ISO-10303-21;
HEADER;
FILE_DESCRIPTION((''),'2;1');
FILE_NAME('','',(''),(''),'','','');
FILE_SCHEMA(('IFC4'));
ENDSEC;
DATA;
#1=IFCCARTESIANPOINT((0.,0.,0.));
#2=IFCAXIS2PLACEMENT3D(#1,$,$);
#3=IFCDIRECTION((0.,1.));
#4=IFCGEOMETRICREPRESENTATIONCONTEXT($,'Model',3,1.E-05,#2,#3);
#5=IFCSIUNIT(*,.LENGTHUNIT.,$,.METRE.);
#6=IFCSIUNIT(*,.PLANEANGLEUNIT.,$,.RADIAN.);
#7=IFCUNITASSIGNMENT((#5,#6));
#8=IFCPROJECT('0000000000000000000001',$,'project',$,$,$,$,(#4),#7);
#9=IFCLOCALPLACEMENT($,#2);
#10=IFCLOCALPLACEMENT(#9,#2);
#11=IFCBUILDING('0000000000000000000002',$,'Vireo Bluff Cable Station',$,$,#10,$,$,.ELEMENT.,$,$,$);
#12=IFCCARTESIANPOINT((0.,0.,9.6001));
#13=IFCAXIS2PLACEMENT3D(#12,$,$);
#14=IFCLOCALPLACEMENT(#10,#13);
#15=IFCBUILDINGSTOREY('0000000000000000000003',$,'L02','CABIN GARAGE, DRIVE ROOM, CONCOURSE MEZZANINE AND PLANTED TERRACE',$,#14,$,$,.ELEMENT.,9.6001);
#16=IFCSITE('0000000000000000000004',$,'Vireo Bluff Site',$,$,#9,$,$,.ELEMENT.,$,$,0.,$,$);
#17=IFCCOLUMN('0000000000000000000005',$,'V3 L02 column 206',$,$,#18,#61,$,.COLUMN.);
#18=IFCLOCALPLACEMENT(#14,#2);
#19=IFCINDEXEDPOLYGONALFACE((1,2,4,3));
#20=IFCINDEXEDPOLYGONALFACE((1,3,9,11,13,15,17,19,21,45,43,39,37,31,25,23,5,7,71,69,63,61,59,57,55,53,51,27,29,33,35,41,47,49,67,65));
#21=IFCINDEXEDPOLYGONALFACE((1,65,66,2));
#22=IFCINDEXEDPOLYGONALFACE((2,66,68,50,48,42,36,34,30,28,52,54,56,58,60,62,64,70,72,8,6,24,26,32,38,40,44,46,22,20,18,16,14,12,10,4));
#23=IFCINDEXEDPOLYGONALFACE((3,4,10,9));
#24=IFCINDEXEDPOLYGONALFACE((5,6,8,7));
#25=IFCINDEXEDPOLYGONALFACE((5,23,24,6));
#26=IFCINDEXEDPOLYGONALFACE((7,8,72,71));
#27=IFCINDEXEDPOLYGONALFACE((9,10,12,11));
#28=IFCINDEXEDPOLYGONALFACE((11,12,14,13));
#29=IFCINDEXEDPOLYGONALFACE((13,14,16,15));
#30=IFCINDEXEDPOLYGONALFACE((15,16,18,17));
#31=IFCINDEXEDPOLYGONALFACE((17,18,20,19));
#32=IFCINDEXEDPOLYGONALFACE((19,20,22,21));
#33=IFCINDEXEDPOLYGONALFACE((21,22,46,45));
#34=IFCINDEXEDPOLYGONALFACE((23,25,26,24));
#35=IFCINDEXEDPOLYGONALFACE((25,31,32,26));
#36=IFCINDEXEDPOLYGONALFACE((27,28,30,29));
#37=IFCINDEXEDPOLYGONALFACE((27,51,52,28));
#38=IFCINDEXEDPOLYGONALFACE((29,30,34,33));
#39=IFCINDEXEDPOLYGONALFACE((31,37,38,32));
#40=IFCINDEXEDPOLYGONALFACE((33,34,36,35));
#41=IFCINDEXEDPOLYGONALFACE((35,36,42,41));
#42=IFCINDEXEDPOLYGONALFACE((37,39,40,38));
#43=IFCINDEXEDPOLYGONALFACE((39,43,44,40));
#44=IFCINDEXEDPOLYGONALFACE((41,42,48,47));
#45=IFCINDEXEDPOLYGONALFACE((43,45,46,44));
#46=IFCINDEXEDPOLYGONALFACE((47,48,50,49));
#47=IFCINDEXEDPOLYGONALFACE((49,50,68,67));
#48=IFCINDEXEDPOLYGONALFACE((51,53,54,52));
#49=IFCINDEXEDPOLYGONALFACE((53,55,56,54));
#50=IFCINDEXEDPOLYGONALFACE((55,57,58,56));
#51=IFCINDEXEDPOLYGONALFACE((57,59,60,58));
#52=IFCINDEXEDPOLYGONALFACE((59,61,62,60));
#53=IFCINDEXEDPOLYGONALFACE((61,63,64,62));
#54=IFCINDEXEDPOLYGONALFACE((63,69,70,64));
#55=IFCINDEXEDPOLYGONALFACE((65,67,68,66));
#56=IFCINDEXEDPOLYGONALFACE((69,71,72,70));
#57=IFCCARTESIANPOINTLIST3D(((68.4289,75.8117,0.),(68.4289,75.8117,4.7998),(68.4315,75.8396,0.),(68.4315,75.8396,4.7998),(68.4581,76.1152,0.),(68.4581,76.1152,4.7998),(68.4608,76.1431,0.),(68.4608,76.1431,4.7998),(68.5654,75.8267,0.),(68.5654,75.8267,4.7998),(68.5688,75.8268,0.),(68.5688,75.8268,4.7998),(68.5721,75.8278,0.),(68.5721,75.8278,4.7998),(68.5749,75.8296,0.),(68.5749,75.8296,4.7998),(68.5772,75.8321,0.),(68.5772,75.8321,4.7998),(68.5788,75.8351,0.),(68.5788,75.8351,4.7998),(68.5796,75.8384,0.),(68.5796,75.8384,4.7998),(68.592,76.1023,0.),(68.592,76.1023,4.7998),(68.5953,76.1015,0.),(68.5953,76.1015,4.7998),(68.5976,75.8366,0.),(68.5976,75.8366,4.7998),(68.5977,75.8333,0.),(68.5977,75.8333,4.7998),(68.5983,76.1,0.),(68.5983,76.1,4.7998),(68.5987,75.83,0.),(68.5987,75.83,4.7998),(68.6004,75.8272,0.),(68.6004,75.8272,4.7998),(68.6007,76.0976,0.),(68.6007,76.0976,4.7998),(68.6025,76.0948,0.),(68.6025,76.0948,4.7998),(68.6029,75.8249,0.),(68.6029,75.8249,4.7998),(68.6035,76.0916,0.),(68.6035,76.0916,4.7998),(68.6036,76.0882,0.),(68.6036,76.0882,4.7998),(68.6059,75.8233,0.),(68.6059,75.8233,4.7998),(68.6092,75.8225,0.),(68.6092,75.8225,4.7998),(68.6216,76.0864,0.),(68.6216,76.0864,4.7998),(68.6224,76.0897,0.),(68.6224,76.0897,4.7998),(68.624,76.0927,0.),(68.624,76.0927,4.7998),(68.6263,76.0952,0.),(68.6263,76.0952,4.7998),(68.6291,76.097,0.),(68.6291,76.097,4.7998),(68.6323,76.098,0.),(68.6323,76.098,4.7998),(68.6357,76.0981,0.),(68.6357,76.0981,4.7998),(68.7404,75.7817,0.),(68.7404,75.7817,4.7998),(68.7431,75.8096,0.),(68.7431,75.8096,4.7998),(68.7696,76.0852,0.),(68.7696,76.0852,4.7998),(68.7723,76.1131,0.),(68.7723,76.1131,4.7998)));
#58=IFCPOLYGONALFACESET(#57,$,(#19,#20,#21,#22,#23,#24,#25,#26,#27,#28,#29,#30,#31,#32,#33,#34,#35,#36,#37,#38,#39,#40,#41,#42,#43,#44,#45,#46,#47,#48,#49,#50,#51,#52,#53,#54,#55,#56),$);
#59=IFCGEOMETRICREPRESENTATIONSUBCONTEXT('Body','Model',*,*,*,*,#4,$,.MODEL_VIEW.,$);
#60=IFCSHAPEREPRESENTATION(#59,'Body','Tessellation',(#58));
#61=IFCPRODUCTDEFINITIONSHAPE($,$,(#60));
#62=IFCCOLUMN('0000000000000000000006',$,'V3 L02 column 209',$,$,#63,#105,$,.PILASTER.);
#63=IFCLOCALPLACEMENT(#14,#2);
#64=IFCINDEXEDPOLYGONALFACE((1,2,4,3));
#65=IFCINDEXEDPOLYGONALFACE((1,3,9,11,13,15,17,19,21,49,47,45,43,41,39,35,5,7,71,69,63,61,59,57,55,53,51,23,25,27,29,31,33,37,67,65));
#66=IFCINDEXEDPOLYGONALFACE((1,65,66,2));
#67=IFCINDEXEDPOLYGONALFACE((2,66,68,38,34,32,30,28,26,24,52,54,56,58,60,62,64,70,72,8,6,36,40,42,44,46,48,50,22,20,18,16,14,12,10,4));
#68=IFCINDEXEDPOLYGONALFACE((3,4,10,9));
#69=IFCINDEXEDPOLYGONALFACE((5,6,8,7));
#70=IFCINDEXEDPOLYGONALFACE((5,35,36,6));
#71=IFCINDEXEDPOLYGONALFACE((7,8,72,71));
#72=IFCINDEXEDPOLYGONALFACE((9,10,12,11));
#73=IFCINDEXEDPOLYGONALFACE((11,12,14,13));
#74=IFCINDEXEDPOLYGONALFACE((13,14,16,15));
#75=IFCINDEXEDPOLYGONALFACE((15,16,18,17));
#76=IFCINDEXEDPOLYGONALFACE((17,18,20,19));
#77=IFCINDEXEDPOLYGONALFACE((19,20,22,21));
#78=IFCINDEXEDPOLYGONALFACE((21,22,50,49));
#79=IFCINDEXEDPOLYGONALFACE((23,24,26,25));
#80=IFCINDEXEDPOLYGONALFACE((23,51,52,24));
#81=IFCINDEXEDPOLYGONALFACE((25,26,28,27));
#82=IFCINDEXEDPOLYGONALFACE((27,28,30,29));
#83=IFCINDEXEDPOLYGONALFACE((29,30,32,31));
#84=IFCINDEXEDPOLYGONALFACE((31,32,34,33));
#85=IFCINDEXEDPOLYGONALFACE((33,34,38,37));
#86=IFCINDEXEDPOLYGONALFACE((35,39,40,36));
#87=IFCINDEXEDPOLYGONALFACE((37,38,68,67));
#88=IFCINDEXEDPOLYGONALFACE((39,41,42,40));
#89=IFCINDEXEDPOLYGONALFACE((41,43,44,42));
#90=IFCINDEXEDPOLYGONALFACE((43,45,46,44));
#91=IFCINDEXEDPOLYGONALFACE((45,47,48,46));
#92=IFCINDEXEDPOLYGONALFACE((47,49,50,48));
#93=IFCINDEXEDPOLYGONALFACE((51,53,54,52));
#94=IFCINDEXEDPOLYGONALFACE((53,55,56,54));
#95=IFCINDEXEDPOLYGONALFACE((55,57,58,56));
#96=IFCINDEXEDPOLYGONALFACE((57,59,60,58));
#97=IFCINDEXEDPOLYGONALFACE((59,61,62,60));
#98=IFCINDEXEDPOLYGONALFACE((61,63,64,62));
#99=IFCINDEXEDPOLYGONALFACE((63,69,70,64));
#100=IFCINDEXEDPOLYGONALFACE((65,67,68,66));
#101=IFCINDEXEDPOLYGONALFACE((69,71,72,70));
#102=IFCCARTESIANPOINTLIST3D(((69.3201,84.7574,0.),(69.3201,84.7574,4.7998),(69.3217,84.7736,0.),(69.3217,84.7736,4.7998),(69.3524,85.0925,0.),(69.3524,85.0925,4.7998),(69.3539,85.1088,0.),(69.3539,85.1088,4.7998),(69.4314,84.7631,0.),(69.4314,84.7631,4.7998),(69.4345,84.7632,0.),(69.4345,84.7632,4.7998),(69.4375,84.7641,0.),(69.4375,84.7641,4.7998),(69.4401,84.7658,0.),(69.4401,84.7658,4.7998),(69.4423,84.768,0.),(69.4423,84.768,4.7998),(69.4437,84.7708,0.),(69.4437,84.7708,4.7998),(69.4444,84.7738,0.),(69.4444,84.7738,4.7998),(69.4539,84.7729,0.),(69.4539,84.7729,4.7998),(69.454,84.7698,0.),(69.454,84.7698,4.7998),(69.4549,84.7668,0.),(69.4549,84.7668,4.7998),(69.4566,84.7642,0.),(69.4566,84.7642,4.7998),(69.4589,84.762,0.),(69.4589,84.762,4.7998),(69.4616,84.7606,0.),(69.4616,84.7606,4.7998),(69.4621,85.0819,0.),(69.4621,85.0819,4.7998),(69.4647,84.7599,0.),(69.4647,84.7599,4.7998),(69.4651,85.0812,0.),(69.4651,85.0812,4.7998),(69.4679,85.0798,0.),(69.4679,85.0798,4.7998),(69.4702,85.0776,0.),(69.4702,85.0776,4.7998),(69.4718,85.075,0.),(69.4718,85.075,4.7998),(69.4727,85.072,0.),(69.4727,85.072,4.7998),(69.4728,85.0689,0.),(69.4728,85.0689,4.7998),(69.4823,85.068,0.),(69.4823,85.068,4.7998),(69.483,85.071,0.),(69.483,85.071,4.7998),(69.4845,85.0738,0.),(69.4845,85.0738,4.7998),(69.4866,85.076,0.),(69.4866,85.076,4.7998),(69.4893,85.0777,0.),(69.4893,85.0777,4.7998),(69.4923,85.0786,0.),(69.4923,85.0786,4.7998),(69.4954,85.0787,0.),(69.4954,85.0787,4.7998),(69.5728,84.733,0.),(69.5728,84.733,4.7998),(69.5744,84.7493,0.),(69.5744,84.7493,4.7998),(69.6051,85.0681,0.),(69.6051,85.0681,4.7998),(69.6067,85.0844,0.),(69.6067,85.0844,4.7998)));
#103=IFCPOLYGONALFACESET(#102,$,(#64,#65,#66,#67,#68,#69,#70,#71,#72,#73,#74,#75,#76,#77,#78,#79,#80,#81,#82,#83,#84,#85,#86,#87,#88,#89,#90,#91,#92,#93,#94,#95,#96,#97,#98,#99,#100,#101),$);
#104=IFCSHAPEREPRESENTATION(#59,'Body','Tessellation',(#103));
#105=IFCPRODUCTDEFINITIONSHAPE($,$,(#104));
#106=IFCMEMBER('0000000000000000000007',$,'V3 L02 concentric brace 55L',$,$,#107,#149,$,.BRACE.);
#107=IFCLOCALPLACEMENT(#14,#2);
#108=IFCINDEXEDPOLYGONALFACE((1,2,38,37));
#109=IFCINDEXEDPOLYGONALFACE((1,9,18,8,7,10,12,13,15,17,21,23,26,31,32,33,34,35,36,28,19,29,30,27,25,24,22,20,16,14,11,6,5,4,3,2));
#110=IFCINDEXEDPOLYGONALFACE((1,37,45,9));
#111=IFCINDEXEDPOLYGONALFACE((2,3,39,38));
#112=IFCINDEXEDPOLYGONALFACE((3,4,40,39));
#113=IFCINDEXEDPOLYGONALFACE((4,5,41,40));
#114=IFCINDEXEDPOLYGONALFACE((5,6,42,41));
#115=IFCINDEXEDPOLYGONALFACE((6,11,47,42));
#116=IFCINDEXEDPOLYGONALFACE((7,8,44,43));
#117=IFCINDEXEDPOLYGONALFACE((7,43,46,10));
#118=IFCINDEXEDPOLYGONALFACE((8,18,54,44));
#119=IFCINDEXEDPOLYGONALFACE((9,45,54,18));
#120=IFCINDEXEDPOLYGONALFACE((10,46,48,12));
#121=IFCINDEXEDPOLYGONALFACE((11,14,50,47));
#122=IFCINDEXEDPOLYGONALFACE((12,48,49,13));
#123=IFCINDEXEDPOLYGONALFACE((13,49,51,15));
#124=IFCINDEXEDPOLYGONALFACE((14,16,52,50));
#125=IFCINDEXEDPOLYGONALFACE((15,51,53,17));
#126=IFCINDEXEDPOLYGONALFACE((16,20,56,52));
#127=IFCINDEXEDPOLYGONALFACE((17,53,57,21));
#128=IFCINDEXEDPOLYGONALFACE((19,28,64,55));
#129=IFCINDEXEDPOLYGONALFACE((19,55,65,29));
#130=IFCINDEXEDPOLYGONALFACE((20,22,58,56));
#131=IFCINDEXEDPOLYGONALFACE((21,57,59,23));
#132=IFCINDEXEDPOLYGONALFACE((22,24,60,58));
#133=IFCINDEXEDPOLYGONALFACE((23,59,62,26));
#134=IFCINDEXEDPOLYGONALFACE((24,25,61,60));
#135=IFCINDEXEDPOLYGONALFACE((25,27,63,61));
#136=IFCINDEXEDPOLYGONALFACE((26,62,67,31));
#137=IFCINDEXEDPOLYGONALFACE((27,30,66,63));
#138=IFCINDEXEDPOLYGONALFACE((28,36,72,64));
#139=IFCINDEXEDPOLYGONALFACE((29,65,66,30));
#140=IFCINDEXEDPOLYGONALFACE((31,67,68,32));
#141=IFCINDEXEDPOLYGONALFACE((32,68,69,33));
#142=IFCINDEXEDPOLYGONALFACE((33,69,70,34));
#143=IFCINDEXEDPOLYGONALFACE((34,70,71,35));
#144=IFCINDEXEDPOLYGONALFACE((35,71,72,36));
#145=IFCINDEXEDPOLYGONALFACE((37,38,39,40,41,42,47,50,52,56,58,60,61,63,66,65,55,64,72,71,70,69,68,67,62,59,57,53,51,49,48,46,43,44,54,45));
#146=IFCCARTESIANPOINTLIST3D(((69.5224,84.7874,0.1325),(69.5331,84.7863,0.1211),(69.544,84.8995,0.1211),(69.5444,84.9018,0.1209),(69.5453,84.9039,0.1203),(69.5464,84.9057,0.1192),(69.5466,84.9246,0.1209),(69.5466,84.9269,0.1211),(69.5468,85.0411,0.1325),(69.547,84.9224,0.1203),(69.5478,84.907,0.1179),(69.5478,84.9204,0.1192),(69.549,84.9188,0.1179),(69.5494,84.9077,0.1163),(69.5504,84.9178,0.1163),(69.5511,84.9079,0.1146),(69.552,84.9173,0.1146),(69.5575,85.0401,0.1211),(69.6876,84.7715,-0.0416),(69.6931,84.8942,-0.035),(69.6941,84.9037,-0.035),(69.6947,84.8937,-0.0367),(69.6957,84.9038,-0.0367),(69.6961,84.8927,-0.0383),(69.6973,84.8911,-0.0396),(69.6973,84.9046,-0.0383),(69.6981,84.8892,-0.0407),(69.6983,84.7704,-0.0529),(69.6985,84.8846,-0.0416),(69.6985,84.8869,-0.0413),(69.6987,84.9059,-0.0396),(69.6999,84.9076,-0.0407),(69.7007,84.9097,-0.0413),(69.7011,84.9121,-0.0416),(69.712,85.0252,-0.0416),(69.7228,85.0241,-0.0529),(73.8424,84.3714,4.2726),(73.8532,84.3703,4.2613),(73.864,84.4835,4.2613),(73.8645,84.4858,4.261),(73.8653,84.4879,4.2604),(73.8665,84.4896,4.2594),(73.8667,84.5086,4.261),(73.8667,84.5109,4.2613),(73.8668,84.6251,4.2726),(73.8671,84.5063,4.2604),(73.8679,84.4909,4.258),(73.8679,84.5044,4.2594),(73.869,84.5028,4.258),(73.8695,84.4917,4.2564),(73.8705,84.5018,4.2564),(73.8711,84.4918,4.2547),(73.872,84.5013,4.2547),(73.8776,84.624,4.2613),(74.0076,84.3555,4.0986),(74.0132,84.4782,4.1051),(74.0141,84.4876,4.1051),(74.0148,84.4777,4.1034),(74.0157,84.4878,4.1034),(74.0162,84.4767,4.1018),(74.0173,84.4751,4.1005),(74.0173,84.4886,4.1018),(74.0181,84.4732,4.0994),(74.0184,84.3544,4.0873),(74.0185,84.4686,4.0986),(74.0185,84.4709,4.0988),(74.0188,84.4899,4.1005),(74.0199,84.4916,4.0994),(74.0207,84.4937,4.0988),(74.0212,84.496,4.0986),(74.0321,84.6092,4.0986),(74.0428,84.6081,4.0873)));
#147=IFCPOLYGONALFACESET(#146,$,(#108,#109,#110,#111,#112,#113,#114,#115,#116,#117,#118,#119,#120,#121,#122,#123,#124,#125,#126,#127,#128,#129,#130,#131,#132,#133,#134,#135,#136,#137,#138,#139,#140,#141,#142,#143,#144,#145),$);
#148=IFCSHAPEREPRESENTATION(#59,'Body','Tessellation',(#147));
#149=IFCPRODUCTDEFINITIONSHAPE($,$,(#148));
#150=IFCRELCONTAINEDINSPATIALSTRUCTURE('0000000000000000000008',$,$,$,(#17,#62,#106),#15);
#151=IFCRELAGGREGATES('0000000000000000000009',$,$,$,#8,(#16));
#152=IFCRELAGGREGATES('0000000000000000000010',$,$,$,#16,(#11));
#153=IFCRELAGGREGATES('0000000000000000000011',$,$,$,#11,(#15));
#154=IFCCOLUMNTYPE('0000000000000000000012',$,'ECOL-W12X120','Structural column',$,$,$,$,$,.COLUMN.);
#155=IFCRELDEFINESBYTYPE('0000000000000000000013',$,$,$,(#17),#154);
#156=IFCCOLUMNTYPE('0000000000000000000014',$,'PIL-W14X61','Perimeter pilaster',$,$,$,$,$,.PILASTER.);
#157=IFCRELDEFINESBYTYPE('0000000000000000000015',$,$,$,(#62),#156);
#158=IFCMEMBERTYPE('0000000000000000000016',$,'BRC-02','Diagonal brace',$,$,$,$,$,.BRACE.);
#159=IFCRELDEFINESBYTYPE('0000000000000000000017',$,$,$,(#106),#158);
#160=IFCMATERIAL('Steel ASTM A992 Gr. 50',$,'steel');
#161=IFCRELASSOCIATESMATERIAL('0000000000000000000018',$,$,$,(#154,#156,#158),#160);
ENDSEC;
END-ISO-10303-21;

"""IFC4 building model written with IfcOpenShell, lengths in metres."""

from ifc_helpers import new_model, si_unit, direction, frame, origin, origin_2d, place, context, subcontext, project, spatial, i_section, extrude, material, material_profile, profile_set, type_object, element, save


model = new_model("IFC4")

# Units and contexts
model_context = context("Model", 3, precision=1e-05, world=origin(), true_north=direction((0.0, 1.0)))
body_context = subcontext(model_context, "Body", "Model", "MODEL_VIEW")
ifc_project = project(units=[si_unit("LENGTHUNIT", "METRE"), si_unit("PLANEANGLEUNIT", "RADIAN")], contexts=[model_context])

# Site, building, storey
site_placement = place(None, origin())
site = spatial("IfcSite", under=ifc_project, at=site_placement, Name="Vireo Bluff Site", CompositionType="ELEMENT", RefElevation=0.0)
building_placement = place(site_placement, origin())
building = spatial("IfcBuilding", under=site, at=building_placement, Name="Vireo Bluff Cable Station", CompositionType="ELEMENT")
storey_placement = place(building_placement, frame((0.0, 0.0, 9.6001)))
storey = spatial("IfcBuildingStorey", under=building, at=storey_placement, Name="L02", Description="CABIN GARAGE, DRIVE ROOM, CONCOURSE MEZZANINE AND PLANTED TERRACE", CompositionType="ELEMENT", Elevation=9.6001)

# Columns
ifc_material_1 = material(Name="Steel ASTM A992 Gr. 50", Category="steel")
ifc_material_profile_1 = material_profile(ifc_material_1, i_section(OverallWidth=0.313, OverallDepth=0.333, WebThickness=0.0181, FlangeThickness=0.0281, FilletRadius=0.0129, at=origin_2d()), Name="W12X120")
ifc_profile_set_1 = profile_set([ifc_material_profile_1], Name="Steel ASTM A992 Gr. 50")
column_type_1 = type_object("IfcColumnType", Name="ECOL-W12X120", Description="Structural column", PredefinedType="COLUMN", material=ifc_profile_set_1)
column_1_placement = place(storey_placement, frame((68.6006, 75.9624, 0.0), z_axis=(0.0, 0.0, 1.0), x_axis=(0.995396, -0.095846, 0.0)))
element("IfcColumn", 1, at=column_1_placement, inside=storey, type_object=column_type_1, Name="V3 L02 column 206", PredefinedType="COLUMN", context=body_context, shape_type="SweptSolid", body=[
    extrude(i_section(OverallWidth=0.313, OverallDepth=0.333, WebThickness=0.0181, FlangeThickness=0.0281, FilletRadius=0.0129, at=origin_2d()), origin(), (0.0, 0.0, 1.0), 4.7998),
])
ifc_material_profile_2 = material_profile(ifc_material_1, i_section(OverallWidth=0.2539, OverallDepth=0.353, WebThickness=0.0095, FlangeThickness=0.0164, FilletRadius=0.012, at=origin_2d()), Name="W14X61")
ifc_profile_set_2 = profile_set([ifc_material_profile_2], Name="Steel ASTM A992 Gr. 50")
column_type_2 = type_object("IfcColumnType", Name="PIL-W14X61", Description="Perimeter pilaster", PredefinedType="PILASTER", material=ifc_profile_set_2)
column_2_placement = place(storey_placement, frame((69.4634, 84.9209, 0.0), z_axis=(0.0, 0.0, 1.0), x_axis=(0.995396, -0.095846, 0.0)))
element("IfcColumn", 2, at=column_2_placement, inside=storey, type_object=column_type_2, Name="V3 L02 column 209", PredefinedType="PILASTER", context=body_context, shape_type="SweptSolid", body=[
    extrude(i_section(OverallWidth=0.2539, OverallDepth=0.353, WebThickness=0.0095, FlangeThickness=0.0164, FilletRadius=0.012, at=origin_2d()), origin(), (0.0, 0.0, 1.0), 4.7998),
])

# Member
ifc_material_profile_3 = material_profile(ifc_material_1, i_section(OverallWidth=0.2549, OverallDepth=0.2561, WebThickness=0.0095, FlangeThickness=0.0156, FilletRadius=0.009, at=origin_2d()), Name="W10X54")
ifc_profile_set_3 = profile_set([ifc_material_profile_3], Name="Steel ASTM A992 Gr. 50")
member_type_1 = type_object("IfcMemberType", Name="BRC-02", Description="Diagonal brace", PredefinedType="BRACE", material=ifc_profile_set_3)
member_1_placement = place(storey_placement, frame((69.6226, 84.9058, 0.0398), z_axis=(0.720244, -0.069358, 0.690245), x_axis=(0.095855, 0.995395, 0.0)))
element("IfcMember", 3, at=member_1_placement, inside=storey, type_object=member_type_1, Name="V3 L02 concentric brace 55L", PredefinedType="BRACE", context=body_context, shape_type="SweptSolid", body=[
    extrude(i_section(OverallWidth=0.2549, OverallDepth=0.2561, WebThickness=0.0095, FlangeThickness=0.0156, FilletRadius=0.009, at=origin_2d()), origin(), (0.0, 0.0, 1.0), 5.998),
])

save(model, "model.ifc")
